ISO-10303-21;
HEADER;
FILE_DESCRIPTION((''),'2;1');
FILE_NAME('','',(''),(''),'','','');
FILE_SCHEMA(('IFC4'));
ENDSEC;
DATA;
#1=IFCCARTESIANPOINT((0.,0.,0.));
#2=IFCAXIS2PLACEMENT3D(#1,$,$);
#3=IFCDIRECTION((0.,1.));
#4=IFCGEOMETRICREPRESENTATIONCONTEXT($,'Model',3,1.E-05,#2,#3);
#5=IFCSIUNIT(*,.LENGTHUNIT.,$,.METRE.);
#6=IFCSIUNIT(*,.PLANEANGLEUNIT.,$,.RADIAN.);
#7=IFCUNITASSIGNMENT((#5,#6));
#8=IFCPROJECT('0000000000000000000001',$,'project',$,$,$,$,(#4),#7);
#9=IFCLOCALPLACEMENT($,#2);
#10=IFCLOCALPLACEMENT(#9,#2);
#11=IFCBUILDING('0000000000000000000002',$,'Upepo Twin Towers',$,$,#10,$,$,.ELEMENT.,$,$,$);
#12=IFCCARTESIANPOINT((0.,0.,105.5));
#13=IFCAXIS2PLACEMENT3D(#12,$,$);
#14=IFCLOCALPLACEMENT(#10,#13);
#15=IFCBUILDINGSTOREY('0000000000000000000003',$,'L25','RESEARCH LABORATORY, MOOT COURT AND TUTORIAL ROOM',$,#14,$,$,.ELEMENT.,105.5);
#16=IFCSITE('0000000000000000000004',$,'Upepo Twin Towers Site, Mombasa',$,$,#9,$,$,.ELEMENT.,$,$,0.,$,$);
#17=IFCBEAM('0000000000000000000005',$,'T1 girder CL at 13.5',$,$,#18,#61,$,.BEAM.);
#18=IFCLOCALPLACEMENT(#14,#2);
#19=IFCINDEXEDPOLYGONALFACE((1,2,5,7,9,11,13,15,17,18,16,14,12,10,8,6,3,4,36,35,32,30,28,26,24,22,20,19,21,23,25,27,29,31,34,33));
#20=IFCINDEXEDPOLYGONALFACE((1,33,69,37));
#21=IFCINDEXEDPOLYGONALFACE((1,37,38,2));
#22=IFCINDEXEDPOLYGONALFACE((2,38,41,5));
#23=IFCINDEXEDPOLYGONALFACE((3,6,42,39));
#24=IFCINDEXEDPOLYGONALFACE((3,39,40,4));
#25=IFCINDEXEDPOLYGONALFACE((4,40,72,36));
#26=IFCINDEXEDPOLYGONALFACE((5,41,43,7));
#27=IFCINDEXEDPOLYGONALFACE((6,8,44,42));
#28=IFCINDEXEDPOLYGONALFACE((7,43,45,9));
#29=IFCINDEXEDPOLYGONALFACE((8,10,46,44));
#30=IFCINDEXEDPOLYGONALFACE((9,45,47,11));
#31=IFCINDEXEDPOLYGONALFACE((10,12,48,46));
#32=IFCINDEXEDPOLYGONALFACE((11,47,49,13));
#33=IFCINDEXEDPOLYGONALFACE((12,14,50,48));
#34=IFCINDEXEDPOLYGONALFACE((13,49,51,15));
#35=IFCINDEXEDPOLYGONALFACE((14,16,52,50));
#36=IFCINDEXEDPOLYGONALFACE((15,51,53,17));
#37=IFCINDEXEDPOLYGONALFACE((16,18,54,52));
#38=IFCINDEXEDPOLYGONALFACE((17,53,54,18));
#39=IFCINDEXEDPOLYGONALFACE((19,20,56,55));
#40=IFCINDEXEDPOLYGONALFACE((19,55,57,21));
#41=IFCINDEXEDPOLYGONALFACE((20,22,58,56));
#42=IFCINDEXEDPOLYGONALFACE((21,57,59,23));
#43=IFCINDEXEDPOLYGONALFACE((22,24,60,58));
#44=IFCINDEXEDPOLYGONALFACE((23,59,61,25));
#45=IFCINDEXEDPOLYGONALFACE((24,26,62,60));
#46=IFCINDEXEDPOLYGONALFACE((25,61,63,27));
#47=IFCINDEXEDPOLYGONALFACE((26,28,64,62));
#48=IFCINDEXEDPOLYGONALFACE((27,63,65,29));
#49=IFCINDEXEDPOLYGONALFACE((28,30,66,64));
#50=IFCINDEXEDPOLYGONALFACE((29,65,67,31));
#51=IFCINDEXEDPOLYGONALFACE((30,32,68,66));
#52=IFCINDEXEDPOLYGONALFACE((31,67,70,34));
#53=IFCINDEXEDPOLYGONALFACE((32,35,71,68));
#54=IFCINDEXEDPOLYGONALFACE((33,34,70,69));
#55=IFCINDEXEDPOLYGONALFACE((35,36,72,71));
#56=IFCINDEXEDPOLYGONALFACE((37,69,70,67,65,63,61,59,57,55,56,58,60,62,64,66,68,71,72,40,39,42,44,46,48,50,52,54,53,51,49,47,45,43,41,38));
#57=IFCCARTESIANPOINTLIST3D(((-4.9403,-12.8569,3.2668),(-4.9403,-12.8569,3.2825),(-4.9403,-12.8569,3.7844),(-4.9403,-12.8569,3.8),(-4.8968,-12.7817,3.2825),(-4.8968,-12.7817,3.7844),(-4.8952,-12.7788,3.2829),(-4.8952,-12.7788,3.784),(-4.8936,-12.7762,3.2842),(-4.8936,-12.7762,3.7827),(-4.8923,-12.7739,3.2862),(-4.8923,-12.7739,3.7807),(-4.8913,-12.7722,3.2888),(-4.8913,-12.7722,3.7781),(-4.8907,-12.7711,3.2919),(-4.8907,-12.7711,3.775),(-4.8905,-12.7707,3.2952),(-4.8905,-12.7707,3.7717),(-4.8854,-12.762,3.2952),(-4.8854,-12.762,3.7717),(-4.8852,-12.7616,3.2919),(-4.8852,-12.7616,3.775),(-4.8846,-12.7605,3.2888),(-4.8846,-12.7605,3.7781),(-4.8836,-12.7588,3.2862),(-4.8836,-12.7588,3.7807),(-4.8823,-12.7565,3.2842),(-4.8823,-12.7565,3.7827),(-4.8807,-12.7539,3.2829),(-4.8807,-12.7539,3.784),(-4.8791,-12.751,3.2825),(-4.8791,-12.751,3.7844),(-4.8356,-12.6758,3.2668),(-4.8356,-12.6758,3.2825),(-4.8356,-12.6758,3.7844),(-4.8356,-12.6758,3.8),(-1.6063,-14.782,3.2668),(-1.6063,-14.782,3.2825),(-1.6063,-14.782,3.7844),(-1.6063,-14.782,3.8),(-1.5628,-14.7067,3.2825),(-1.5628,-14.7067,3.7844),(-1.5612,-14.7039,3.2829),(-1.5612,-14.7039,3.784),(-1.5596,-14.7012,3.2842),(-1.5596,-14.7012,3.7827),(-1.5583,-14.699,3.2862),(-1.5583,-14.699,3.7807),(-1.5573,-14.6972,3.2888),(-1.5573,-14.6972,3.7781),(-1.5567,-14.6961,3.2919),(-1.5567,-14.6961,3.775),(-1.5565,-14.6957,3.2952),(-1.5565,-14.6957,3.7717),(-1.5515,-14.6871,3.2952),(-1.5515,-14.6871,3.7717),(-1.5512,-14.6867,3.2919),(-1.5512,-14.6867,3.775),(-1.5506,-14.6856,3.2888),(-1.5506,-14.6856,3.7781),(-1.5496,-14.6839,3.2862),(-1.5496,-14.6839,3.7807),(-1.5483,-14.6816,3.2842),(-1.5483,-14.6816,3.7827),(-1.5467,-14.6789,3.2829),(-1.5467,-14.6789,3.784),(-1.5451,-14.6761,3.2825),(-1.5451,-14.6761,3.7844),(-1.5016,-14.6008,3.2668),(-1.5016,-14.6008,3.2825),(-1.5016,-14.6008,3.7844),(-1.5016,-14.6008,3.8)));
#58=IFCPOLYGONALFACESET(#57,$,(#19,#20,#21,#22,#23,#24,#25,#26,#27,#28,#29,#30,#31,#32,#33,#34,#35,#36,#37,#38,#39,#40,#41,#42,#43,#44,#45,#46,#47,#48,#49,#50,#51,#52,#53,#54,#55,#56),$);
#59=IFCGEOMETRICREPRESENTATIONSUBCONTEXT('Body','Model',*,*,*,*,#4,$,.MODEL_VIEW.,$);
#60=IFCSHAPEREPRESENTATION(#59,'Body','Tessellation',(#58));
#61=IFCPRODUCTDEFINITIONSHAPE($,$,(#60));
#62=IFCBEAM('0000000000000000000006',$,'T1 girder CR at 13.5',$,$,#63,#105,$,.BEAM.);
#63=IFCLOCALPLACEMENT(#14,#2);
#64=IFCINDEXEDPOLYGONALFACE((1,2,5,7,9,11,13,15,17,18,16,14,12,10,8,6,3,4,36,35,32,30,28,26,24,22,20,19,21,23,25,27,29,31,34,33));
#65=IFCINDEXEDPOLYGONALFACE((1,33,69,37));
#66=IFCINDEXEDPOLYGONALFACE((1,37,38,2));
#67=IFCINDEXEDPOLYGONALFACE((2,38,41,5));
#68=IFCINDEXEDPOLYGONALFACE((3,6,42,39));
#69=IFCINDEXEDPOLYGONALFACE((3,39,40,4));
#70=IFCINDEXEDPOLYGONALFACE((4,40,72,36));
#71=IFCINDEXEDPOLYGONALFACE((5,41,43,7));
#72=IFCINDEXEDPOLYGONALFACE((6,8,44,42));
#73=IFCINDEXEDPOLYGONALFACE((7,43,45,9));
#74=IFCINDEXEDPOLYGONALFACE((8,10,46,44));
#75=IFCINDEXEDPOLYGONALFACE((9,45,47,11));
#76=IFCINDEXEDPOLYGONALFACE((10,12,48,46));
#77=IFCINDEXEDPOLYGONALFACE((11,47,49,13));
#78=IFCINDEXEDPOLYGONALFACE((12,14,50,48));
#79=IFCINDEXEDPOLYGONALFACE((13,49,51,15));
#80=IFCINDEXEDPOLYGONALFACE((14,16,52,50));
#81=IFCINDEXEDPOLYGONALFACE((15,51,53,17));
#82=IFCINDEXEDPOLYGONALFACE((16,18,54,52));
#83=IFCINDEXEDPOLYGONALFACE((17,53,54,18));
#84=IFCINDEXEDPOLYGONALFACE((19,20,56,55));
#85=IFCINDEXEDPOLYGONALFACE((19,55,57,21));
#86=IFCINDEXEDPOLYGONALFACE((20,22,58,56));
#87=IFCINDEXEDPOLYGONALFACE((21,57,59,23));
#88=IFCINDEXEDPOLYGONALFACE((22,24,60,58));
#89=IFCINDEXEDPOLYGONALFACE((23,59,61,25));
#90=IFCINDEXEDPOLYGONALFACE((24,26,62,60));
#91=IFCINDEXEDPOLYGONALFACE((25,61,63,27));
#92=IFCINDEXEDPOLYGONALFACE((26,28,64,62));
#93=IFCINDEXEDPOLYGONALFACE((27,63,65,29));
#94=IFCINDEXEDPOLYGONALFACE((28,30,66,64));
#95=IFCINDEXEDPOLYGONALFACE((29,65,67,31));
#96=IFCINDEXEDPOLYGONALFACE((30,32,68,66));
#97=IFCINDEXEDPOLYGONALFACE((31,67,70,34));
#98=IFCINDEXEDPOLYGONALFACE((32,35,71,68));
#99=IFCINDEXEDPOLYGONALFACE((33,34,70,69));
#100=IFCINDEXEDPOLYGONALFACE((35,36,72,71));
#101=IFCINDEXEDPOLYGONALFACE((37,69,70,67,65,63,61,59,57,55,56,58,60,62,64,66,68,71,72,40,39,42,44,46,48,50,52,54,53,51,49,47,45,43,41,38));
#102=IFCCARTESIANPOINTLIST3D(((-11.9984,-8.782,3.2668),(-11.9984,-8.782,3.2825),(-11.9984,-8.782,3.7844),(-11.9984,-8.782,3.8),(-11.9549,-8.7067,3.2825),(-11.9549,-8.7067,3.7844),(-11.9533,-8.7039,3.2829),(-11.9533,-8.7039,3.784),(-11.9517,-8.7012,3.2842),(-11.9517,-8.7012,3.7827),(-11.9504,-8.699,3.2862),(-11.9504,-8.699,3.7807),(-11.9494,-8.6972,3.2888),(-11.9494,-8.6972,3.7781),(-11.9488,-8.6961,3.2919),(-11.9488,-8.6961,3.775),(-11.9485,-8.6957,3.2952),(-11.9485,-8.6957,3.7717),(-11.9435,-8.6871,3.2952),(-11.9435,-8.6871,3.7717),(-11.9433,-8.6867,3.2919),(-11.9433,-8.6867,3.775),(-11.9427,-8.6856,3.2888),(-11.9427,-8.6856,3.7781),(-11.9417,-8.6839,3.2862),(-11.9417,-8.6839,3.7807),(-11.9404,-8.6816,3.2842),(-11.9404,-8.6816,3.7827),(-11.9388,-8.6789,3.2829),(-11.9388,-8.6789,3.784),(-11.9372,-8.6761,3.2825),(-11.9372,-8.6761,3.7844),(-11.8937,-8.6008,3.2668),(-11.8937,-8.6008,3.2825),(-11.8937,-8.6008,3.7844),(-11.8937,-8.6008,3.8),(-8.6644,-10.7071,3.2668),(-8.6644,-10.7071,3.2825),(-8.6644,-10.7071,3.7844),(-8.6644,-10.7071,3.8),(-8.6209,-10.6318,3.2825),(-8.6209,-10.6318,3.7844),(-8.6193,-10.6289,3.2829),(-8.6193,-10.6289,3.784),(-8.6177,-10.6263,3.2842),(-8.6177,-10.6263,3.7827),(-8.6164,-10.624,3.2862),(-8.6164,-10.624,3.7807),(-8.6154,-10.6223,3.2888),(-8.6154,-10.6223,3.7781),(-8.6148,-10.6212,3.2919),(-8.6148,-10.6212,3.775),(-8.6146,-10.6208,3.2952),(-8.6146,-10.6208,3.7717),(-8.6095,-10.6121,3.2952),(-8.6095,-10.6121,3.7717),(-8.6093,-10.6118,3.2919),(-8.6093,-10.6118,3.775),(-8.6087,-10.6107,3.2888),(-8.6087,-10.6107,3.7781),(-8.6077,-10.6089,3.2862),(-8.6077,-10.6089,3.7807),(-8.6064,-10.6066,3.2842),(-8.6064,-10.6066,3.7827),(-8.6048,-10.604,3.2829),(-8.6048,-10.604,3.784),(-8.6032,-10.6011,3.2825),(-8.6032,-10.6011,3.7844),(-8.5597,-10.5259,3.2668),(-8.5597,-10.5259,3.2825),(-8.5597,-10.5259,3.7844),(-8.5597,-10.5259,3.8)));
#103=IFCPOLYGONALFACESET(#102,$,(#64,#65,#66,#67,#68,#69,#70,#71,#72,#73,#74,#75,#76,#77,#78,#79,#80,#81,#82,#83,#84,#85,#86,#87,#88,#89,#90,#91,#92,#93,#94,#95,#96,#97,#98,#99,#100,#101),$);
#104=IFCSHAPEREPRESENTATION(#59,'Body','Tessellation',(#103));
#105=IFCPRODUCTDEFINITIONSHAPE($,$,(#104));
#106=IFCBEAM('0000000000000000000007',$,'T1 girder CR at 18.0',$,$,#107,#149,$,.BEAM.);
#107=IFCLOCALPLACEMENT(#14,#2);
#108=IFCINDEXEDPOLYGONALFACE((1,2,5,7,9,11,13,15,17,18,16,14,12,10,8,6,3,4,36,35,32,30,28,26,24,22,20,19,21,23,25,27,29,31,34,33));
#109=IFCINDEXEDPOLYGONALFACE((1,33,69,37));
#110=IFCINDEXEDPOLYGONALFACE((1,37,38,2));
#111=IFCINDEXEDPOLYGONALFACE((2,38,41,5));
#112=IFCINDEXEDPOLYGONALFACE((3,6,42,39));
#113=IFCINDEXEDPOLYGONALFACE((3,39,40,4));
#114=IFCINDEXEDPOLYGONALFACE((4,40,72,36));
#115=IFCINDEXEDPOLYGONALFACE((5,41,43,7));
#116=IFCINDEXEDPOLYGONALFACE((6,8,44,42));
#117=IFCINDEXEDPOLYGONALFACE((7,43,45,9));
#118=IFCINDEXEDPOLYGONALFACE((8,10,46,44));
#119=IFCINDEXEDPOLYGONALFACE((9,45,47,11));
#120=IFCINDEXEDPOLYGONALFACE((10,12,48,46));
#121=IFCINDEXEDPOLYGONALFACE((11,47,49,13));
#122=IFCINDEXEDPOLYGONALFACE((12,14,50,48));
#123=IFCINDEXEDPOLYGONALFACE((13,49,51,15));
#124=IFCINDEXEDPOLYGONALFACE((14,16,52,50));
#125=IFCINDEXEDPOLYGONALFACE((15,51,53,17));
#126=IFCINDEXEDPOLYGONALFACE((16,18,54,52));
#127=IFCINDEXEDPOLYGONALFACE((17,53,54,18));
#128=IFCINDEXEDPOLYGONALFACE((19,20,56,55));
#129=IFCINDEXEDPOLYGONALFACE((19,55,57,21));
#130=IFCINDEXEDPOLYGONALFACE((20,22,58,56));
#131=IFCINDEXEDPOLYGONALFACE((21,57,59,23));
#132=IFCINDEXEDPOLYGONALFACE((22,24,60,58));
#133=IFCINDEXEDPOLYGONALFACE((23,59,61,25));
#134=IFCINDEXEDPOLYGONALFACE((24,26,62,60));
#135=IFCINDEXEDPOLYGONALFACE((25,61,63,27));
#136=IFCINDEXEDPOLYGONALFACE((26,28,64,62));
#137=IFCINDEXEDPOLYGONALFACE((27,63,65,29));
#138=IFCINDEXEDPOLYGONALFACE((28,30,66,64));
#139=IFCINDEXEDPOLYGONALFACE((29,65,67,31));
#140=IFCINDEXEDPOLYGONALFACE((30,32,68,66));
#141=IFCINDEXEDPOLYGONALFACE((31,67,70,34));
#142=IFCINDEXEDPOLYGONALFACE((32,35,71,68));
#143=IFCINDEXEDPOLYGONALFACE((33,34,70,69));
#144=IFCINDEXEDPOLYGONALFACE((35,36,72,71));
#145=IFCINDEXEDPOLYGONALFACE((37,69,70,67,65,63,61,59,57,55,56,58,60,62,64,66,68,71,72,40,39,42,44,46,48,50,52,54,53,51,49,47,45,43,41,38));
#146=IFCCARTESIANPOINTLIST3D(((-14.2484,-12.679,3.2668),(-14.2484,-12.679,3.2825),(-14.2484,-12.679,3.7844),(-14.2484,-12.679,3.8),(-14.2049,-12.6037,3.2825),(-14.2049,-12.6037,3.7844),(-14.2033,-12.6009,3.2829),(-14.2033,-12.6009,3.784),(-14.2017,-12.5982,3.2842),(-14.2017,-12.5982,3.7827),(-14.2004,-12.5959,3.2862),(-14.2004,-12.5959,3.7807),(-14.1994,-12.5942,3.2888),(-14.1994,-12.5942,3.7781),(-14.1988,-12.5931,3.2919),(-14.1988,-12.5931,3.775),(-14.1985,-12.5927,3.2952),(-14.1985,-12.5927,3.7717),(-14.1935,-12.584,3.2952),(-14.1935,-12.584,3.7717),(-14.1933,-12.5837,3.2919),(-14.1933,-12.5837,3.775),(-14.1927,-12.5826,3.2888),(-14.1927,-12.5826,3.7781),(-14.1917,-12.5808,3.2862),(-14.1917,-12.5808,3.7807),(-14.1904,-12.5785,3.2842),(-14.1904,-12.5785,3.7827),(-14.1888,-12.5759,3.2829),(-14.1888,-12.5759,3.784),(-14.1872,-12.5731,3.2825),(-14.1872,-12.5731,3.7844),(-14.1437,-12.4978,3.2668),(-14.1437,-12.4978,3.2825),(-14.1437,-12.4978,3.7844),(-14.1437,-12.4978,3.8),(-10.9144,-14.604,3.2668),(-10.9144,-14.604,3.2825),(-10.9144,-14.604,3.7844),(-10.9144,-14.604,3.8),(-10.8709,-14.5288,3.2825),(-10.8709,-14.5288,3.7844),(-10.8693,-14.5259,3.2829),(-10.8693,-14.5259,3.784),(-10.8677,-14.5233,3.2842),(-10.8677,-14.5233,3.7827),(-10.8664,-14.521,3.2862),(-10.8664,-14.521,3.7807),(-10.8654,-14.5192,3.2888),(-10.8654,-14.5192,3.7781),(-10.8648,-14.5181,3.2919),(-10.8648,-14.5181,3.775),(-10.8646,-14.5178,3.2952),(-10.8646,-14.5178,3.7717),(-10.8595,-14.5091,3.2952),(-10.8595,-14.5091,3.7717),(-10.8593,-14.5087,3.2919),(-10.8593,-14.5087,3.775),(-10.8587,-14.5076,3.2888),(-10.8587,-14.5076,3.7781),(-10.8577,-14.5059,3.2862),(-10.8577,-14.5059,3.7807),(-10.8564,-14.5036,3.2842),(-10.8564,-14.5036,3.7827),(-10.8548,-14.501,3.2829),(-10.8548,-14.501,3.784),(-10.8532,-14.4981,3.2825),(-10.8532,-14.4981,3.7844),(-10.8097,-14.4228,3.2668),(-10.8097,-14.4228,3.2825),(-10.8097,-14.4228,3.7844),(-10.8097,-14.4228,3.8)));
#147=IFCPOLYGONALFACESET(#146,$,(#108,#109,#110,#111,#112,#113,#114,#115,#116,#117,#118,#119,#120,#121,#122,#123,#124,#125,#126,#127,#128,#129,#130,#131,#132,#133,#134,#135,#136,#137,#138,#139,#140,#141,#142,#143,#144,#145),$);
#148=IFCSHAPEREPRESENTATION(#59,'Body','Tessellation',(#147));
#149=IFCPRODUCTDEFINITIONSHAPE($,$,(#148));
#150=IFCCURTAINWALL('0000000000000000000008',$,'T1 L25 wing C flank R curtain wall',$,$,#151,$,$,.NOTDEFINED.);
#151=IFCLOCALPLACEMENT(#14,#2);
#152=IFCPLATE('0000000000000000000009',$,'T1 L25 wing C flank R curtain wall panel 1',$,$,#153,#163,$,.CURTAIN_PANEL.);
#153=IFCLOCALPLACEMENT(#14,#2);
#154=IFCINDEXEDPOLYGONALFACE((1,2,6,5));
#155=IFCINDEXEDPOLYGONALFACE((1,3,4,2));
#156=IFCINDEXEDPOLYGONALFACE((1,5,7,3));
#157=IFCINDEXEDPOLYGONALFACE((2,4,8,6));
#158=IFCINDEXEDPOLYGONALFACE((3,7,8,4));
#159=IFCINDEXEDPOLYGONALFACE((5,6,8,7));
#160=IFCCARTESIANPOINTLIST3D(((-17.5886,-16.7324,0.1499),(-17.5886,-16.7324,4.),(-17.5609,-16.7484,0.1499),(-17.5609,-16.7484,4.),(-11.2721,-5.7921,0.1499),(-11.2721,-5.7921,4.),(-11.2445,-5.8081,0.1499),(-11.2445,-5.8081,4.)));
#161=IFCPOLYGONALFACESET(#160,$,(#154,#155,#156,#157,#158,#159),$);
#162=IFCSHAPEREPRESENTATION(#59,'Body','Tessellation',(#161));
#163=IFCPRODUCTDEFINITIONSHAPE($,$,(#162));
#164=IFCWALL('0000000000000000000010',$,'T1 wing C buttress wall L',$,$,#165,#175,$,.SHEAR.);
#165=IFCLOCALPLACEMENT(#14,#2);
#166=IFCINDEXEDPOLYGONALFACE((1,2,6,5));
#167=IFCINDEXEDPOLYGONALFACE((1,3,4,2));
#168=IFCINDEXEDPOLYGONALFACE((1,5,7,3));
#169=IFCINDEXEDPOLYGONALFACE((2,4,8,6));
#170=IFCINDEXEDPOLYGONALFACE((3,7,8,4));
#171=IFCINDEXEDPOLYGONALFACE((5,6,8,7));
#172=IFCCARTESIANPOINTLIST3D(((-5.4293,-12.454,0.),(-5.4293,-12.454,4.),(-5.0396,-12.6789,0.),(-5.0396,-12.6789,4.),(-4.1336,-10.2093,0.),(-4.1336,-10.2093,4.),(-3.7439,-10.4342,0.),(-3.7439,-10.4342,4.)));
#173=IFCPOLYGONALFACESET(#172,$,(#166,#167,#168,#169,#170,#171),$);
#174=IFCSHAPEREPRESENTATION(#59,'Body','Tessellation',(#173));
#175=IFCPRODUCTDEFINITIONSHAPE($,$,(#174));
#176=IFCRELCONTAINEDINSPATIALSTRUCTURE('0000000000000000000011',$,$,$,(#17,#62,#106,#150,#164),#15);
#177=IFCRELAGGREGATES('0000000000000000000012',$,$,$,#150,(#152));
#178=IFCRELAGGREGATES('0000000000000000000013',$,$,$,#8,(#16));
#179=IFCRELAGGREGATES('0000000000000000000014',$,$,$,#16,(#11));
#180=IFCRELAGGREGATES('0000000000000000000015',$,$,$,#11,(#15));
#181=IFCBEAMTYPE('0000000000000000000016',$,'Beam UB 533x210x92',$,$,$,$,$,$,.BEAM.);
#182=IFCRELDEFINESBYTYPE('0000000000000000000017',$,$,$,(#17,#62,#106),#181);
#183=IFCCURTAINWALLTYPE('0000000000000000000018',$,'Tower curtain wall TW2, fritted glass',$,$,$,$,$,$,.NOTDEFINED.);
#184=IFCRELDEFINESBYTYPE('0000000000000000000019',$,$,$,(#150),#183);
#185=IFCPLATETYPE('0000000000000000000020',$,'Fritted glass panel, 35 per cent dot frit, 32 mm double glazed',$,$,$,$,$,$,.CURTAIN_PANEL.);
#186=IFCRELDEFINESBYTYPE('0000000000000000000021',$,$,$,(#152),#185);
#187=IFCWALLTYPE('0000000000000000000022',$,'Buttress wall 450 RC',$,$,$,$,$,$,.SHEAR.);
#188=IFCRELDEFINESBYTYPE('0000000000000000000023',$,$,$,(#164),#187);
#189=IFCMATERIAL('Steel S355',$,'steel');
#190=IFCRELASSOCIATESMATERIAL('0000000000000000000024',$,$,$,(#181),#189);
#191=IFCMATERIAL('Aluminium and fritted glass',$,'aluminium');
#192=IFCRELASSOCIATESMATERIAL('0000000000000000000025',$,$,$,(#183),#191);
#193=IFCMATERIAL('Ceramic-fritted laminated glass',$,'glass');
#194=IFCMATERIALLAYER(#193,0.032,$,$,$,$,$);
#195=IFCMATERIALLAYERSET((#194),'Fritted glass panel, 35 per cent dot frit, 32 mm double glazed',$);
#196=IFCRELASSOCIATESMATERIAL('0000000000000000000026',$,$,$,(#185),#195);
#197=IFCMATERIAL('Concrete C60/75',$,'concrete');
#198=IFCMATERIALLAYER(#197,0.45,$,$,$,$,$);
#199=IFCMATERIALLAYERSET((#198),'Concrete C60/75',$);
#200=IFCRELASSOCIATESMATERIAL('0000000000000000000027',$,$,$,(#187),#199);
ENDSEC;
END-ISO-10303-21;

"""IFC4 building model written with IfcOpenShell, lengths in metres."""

from ifc_helpers import new_model, si_unit, direction, frame, frame_2d, origin, origin_2d, place, context, subcontext, project, spatial, rectangle, i_section, extrude, material, layer, layer_set, material_profile, profile_set, type_object, element, aggregate, save


model = new_model("IFC4")

# Units and contexts
model_context = context("Model", 3, precision=1e-05, world=origin(), true_north=direction((0.0, 1.0)))
body_context = subcontext(model_context, "Body", "Model", "MODEL_VIEW")
ifc_project = project(units=[si_unit("LENGTHUNIT", "METRE"), si_unit("PLANEANGLEUNIT", "RADIAN")], contexts=[model_context])

# Site, building, storey
site_placement = place(None, origin())
site = spatial("IfcSite", under=ifc_project, at=site_placement, Name="Upepo Twin Towers Site, Mombasa", CompositionType="ELEMENT", RefElevation=0.0)
building_placement = place(site_placement, origin())
building = spatial("IfcBuilding", under=site, at=building_placement, Name="Upepo Twin Towers", CompositionType="ELEMENT")
storey_placement = place(building_placement, frame((0.0, 0.0, 105.5)))
storey = spatial("IfcBuildingStorey", under=building, at=storey_placement, Name="L25", Description="RESEARCH LABORATORY, MOOT COURT AND TUTORIAL ROOM", CompositionType="ELEMENT", Elevation=105.5)

# Beams
ifc_material_1 = material(Name="Steel S355", Category="steel")
ifc_material_profile_1 = material_profile(ifc_material_1, i_section(OverallWidth=0.2092, OverallDepth=0.5332, WebThickness=0.01, FlangeThickness=0.0156, FilletRadius=0.0127, at=origin_2d()), Name="UB 533x210x92")
ifc_profile_set_1 = profile_set([ifc_material_profile_1], Name="Steel S355")
beam_type_1 = type_object("IfcBeamType", Name="Beam UB 533x210x92", PredefinedType="BEAM", material=ifc_profile_set_1)
for number, where, z_axis, x_axis, name in (
    (1, (-1.554, -14.6914, 3.5334), (-0.866006, 0.500034, 0.0), (-0.500034, -0.866006, 0.0), "T1 girder CL at 13.5"),
    (2, (-11.946, -8.6914, 3.5334), (0.866006, -0.500034, 0.0), (0.500034, 0.866006, 0.0), "T1 girder CR at 13.5"),
    (3, (-14.196, -12.5884, 3.5334), (0.866006, -0.500034, 0.0), (0.500034, 0.866006, 0.0), "T1 girder CR at 18.0"),
):
    element("IfcBeam", number, at=place(storey_placement, frame(where, z_axis=z_axis, x_axis=x_axis)), inside=storey, type_object=beam_type_1, Name=name, PredefinedType="BEAM", context=body_context, shape_type="SweptSolid", body=[
        extrude(i_section(OverallWidth=0.2092, OverallDepth=0.5332, WebThickness=0.01, FlangeThickness=0.0156, FilletRadius=0.0127, at=origin_2d()), origin(), (0.0, 0.0, 1.0), 3.8499),
    ])

# Curtain wall, plate
ifc_material_2 = material(Name="Aluminium and fritted glass", Category="aluminium")
curtain_wall_type = type_object("IfcCurtainWallType", Name="Tower curtain wall TW2, fritted glass", PredefinedType="NOTDEFINED", material=ifc_material_2)
curtain_wall_placement = place(storey_placement, origin())
curtain_wall = element("IfcCurtainWall", 4, at=curtain_wall_placement, inside=storey, type_object=curtain_wall_type, Name="T1 L25 wing C flank R curtain wall", PredefinedType="NOTDEFINED")
ifc_material_3 = material(Name="Ceramic-fritted laminated glass", Category="glass")
ifc_layer_1 = layer(ifc_material_3, 0.032)
ifc_layer_set_1 = layer_set([ifc_layer_1], Name="Fritted glass panel, 35 per cent dot frit, 32 mm double glazed")
plate_type = type_object("IfcPlateType", Name="Fritted glass panel, 35 per cent dot frit, 32 mm double glazed", PredefinedType="CURTAIN_PANEL", material=ifc_layer_set_1)
plate_placement = place(storey_placement, frame((-14.4165, -11.2703, 0.1499), z_axis=(0.0, 0.0, 1.0), x_axis=(0.5, 0.866025, 0.0)))
plate = element("IfcPlate", 5, at=plate_placement, type_object=plate_type, Name="T1 L25 wing C flank R curtain wall panel 1", PredefinedType="CURTAIN_PANEL", context=body_context, shape_type="SweptSolid", body=[
    extrude(rectangle(XDim=12.6328, YDim=0.032, at=origin_2d()), origin(), (0.0, 0.0, 1.0), 3.8501),
])
aggregate(curtain_wall, [plate])

# Wall
ifc_material_4 = material(Name="Concrete C60/75", Category="concrete")
ifc_layer_2 = layer(ifc_material_4, 0.45)
ifc_layer_set_2 = layer_set([ifc_layer_2], Name="Concrete C60/75")
wall_type_1 = type_object("IfcWallType", Name="Buttress wall 450 RC", PredefinedType="SHEAR", material=ifc_layer_set_2)
wall_1_placement = place(storey_placement, frame((-3.9387, -10.3218, 0.0), z_axis=(0.0, 0.0, 1.0), x_axis=(-0.499918, -0.866073, 0.0)))
element("IfcWall", 6, at=wall_1_placement, inside=storey, type_object=wall_type_1, Name="T1 wing C buttress wall L", PredefinedType="SHEAR", context=body_context, shape_type="SweptSolid", body=[
    extrude(rectangle(XDim=2.5918, YDim=0.45, at=frame_2d((1.2959, 0.0))), origin(), (0.0, 0.0, 1.0), 4.0),
])

save(model, "model.ifc")
